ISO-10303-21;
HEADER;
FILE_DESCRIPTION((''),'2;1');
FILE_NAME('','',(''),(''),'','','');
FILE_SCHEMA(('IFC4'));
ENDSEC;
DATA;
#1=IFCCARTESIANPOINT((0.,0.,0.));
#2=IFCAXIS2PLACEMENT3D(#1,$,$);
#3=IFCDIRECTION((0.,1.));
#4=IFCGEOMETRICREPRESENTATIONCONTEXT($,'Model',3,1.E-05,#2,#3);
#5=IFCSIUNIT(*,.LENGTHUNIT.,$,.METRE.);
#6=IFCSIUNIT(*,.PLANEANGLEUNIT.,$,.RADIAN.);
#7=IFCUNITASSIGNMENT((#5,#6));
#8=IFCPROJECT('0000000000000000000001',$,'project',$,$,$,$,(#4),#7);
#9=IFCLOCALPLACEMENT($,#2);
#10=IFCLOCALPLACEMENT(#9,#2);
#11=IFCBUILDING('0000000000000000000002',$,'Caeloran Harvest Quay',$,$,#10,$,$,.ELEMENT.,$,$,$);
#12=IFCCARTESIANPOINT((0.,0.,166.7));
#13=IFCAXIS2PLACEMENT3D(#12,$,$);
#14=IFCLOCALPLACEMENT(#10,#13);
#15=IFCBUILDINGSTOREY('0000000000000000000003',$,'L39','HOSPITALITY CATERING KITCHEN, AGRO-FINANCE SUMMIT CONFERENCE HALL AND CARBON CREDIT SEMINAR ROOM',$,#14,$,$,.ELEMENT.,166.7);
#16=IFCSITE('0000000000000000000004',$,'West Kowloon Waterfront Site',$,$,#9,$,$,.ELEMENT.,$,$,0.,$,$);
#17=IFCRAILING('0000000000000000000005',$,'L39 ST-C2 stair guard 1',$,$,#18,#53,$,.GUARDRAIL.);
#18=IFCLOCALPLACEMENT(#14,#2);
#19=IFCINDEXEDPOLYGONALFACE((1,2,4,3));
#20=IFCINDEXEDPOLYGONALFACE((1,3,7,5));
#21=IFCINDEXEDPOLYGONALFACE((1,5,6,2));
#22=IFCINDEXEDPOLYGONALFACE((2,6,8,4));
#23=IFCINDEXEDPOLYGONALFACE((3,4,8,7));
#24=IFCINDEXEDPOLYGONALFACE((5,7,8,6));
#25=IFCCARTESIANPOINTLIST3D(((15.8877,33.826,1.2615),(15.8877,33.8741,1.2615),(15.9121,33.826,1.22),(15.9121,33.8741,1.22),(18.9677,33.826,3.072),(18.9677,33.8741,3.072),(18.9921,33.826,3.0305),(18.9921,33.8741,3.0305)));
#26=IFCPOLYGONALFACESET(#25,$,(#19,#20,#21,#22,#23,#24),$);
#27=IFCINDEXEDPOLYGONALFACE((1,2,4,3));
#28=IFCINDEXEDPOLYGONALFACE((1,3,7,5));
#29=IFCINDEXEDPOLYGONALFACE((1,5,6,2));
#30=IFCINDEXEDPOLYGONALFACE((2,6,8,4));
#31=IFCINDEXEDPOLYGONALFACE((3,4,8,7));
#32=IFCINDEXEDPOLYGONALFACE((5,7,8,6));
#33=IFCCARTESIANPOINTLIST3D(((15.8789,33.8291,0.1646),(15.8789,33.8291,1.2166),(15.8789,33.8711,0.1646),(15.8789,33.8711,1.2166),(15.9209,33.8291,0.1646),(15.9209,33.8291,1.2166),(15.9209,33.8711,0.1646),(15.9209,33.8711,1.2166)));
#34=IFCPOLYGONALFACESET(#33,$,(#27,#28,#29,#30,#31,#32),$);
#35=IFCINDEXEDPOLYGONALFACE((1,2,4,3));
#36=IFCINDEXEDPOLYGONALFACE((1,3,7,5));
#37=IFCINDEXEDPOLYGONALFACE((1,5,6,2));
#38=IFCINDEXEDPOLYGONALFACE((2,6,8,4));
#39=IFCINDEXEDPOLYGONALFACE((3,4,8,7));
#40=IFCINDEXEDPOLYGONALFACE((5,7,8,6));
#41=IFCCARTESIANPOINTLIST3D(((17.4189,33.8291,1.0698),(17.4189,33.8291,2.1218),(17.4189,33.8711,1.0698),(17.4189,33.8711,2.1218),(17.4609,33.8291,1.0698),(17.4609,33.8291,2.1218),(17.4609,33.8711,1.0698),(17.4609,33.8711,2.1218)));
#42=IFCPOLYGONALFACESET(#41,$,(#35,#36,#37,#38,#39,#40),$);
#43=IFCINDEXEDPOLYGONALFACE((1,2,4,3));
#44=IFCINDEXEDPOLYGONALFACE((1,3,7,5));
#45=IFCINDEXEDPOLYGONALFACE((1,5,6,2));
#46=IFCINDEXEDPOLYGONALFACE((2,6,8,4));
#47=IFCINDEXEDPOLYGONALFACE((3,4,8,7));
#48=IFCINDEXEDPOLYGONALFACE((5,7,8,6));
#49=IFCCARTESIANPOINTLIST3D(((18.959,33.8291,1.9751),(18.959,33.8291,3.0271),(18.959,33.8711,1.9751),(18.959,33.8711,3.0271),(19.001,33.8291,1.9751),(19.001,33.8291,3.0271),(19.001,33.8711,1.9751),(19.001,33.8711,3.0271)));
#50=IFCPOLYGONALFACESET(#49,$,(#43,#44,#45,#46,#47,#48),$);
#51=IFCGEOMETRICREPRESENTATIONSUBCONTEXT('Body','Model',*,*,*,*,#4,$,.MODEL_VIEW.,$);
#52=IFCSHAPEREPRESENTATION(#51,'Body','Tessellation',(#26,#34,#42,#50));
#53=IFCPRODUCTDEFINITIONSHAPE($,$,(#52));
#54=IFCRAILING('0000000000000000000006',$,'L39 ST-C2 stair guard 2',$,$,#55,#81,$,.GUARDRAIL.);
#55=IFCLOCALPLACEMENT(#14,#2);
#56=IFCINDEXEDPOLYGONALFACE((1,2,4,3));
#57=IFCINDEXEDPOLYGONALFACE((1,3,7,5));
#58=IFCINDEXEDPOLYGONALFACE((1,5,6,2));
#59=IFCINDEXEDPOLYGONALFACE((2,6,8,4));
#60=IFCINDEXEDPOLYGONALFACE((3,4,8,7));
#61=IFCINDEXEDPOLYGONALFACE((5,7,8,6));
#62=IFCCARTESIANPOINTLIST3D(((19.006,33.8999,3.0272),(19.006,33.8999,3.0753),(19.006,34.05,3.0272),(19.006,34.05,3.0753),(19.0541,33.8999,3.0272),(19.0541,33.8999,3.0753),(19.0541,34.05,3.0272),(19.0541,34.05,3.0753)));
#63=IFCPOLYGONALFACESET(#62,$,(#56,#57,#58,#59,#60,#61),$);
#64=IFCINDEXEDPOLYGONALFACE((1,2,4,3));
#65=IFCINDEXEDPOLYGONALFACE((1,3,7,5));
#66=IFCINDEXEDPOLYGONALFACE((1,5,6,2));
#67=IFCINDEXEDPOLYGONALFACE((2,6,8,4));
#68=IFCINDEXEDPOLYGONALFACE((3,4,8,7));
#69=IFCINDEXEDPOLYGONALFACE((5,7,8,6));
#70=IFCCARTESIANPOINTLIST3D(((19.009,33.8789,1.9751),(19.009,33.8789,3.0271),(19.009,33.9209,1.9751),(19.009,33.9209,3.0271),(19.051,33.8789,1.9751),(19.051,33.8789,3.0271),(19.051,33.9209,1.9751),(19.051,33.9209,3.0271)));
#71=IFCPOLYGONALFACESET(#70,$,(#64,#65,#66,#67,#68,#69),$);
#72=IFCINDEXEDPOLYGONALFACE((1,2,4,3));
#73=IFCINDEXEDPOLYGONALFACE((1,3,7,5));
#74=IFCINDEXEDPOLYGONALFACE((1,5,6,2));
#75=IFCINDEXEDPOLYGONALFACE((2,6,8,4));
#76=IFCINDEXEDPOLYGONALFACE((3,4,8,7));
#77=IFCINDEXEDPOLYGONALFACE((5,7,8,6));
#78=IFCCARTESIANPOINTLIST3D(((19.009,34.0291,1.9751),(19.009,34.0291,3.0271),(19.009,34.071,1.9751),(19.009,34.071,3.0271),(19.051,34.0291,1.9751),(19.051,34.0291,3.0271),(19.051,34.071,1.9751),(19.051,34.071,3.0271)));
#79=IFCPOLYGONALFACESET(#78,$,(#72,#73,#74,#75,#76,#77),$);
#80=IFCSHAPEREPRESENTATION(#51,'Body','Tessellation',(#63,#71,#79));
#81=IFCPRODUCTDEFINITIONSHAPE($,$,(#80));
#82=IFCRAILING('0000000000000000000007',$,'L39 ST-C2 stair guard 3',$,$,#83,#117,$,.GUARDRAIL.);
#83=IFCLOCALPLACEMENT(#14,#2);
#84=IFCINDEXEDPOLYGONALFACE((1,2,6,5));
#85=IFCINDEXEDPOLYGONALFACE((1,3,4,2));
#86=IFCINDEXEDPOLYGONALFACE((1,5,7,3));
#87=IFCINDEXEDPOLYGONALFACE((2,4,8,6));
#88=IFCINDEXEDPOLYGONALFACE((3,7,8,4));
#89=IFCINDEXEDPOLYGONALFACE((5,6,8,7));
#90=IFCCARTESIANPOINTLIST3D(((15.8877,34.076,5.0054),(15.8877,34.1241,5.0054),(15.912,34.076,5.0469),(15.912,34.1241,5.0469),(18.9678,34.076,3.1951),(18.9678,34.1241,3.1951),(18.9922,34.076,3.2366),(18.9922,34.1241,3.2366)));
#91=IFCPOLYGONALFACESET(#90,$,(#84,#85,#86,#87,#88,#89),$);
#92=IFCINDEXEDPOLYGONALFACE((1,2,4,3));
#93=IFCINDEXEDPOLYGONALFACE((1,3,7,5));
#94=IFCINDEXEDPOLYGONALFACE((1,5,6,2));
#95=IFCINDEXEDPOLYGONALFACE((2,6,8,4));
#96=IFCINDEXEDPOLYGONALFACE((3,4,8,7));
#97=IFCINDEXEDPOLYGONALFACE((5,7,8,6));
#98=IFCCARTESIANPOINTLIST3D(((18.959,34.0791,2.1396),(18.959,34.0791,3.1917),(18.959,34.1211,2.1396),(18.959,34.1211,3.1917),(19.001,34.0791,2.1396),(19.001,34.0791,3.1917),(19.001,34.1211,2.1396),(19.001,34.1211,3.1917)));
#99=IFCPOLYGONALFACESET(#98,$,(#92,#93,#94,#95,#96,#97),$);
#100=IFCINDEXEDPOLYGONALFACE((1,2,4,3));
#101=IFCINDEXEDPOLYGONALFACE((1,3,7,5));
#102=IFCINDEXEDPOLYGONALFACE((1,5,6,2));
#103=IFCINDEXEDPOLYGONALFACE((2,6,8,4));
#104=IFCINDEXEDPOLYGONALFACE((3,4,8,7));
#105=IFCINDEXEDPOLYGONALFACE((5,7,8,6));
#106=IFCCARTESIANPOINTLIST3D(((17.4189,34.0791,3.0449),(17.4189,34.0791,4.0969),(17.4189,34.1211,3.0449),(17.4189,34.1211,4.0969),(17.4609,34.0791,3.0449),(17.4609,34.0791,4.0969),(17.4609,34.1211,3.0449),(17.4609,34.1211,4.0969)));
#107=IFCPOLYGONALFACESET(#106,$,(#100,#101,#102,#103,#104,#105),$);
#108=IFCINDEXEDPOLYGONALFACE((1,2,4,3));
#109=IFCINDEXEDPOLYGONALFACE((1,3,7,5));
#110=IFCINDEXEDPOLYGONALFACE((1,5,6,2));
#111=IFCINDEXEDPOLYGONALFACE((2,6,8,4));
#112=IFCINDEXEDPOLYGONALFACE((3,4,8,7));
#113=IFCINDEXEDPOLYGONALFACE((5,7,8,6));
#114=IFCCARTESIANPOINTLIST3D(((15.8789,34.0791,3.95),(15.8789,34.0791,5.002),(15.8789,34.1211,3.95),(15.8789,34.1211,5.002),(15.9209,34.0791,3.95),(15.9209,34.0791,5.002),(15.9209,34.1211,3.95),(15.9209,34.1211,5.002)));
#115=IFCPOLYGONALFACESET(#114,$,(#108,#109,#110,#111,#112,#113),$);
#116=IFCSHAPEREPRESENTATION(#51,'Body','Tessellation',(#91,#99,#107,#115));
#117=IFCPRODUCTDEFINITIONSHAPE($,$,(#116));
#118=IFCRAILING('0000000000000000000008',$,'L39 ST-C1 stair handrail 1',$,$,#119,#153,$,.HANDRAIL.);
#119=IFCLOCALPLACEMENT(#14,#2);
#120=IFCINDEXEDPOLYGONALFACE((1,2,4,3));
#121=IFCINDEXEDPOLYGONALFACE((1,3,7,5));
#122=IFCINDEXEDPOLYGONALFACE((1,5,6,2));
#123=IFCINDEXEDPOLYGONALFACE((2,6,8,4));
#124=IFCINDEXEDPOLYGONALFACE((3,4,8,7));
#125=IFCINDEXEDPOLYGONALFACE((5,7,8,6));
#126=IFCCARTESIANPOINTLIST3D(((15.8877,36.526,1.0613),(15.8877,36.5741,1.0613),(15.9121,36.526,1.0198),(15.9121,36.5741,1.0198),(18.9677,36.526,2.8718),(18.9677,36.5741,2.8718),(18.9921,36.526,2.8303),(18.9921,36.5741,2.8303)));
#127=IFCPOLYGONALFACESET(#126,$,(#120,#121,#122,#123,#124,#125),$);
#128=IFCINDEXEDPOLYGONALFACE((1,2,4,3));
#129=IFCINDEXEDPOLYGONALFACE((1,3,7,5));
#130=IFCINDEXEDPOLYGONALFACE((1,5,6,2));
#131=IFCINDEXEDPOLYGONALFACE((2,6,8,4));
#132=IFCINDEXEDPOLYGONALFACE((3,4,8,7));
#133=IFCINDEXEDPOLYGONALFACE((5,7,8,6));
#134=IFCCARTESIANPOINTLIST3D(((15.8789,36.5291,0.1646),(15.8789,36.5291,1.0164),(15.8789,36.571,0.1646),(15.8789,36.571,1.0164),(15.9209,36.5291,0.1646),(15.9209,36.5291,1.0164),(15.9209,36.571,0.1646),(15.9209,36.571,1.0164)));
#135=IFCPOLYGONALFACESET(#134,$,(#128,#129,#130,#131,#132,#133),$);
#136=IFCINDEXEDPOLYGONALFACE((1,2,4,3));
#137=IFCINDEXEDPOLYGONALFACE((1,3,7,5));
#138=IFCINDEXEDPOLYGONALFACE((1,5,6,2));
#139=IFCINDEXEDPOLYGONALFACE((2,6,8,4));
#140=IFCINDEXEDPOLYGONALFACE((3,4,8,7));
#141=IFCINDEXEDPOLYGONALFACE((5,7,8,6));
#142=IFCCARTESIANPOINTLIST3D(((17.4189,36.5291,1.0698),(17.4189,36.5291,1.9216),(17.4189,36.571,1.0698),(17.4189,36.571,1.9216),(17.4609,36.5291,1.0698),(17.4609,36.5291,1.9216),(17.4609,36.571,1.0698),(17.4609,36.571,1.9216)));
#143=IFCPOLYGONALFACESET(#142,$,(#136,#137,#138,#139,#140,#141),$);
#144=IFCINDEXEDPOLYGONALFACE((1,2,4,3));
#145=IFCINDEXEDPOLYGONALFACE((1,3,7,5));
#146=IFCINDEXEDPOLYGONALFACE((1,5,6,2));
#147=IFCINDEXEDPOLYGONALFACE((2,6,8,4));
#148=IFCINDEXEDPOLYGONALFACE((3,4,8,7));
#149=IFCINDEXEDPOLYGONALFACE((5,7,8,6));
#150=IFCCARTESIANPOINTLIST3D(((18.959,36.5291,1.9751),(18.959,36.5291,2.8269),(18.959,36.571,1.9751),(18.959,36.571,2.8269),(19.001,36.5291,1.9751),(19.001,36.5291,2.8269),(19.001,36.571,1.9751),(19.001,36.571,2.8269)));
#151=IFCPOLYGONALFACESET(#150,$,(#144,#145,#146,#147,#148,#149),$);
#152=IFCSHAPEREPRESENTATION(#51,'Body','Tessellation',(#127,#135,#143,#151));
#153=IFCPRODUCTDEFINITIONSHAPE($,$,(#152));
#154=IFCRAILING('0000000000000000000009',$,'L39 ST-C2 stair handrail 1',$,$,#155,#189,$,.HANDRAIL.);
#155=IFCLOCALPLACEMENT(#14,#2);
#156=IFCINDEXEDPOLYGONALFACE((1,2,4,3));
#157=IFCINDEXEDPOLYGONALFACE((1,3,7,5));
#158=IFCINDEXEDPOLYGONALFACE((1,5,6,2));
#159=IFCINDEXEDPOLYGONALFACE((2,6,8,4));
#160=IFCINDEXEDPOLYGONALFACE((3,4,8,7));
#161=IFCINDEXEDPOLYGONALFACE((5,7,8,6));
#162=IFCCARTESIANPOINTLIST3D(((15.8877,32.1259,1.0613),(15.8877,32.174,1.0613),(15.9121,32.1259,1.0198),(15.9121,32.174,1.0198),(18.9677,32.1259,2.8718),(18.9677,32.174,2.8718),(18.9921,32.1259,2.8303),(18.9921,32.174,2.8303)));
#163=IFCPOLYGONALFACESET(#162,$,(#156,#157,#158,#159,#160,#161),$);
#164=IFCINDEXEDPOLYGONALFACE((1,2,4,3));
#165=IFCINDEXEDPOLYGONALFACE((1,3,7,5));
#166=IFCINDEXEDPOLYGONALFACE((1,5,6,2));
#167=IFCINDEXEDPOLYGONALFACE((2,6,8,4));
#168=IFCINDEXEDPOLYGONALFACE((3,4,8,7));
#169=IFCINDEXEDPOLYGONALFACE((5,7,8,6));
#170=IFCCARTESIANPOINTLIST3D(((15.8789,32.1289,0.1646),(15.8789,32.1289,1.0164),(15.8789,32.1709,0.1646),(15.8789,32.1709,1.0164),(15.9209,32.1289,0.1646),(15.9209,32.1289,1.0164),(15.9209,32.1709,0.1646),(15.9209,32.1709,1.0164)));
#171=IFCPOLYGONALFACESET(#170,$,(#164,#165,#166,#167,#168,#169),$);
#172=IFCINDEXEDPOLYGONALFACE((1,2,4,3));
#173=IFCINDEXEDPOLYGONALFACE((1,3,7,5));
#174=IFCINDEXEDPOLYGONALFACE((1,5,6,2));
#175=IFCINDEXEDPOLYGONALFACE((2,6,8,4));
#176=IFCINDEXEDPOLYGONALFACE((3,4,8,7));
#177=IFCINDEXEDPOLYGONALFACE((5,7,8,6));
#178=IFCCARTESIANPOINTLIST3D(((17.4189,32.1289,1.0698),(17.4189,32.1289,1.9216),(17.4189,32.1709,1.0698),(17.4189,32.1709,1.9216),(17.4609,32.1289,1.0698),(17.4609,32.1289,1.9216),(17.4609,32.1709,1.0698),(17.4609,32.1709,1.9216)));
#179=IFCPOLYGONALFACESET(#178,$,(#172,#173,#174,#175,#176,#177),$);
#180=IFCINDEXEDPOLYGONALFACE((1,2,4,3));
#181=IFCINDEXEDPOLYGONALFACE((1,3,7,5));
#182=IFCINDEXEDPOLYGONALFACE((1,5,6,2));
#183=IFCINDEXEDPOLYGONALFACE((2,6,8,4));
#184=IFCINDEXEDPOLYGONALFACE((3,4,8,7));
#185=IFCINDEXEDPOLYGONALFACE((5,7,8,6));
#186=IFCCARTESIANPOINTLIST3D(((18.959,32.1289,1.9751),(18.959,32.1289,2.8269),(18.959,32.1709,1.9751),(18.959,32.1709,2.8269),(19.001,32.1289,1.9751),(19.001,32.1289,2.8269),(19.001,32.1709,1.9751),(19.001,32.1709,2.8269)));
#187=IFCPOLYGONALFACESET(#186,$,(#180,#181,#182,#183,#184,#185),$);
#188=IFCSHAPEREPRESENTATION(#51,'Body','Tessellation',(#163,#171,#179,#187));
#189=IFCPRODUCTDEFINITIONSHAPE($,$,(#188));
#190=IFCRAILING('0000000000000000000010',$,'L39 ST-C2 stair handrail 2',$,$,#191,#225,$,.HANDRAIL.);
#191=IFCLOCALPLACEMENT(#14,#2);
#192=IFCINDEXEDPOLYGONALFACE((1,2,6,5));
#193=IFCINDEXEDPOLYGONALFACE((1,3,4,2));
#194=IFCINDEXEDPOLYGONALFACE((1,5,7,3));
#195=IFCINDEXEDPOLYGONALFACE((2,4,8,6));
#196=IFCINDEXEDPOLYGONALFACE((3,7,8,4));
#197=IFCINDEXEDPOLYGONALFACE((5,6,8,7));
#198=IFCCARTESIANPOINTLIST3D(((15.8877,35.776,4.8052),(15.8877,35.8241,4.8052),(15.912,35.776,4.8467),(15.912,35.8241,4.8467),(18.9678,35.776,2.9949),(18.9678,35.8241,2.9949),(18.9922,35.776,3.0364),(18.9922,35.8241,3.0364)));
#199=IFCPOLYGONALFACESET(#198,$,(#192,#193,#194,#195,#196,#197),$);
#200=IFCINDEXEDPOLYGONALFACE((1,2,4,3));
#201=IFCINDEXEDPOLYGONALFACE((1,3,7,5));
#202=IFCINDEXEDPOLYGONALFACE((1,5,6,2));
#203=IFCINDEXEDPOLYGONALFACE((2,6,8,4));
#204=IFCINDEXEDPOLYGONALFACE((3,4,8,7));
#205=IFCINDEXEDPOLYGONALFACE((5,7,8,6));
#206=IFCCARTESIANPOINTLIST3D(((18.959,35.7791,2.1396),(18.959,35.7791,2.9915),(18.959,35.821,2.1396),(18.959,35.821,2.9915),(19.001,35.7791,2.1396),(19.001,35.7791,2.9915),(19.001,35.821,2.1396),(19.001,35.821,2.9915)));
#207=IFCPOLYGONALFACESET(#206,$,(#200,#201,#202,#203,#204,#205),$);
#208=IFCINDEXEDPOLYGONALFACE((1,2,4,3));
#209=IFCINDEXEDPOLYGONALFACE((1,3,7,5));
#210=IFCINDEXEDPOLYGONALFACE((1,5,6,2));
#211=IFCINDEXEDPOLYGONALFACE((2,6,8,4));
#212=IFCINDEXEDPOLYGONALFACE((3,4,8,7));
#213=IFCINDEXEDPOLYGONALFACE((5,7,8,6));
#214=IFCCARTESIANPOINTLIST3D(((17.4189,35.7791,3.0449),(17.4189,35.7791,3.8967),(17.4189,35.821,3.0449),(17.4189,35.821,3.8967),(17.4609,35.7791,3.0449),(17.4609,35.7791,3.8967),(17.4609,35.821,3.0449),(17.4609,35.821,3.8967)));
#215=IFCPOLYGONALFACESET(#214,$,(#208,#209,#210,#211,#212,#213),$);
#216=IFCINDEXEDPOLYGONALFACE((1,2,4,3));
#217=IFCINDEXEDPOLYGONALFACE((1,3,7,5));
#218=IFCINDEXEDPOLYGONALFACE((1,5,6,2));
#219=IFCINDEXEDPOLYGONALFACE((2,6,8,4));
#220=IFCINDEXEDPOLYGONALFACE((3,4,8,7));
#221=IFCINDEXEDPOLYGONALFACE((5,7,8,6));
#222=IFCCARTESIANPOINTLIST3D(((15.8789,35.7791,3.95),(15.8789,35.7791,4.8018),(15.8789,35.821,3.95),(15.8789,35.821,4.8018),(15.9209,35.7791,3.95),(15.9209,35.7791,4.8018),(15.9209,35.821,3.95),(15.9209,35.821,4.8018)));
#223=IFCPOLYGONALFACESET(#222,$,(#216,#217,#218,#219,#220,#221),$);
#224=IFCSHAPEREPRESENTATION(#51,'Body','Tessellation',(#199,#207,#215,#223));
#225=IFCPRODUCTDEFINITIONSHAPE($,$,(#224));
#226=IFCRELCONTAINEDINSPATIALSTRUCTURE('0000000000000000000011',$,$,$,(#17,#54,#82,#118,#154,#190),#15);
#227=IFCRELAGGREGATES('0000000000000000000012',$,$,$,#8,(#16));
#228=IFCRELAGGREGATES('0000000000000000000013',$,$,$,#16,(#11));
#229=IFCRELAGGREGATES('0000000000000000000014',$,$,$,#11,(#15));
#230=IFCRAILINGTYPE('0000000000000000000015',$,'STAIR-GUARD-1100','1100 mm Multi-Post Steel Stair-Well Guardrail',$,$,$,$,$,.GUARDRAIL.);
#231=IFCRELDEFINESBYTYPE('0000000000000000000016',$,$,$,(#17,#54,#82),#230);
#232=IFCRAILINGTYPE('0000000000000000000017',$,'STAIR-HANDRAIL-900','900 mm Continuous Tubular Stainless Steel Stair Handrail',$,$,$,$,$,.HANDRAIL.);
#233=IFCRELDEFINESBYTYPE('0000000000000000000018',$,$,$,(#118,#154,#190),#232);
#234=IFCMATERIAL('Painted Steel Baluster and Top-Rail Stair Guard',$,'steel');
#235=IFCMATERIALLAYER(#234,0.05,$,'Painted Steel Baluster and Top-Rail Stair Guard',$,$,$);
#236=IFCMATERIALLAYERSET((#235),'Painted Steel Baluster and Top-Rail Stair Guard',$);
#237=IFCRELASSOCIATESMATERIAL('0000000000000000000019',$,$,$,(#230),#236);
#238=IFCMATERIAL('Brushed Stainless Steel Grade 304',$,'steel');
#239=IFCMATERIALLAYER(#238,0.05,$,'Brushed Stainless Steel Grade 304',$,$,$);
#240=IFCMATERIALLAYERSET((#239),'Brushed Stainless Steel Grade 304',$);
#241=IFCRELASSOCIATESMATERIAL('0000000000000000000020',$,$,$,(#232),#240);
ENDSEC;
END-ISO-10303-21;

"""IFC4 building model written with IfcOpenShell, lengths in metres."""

from ifc_helpers import new_model, si_unit, direction, frame, origin, origin_2d, place, context, subcontext, project, spatial, rectangle, extrude, material, layer, layer_set, type_object, element, save


model = new_model("IFC4")

# Units and contexts
model_context = context("Model", 3, precision=1e-05, world=origin(), true_north=direction((0.0, 1.0)))
body_context = subcontext(model_context, "Body", "Model", "MODEL_VIEW")
ifc_project = project(units=[si_unit("LENGTHUNIT", "METRE"), si_unit("PLANEANGLEUNIT", "RADIAN")], contexts=[model_context])

# Site, building, storey
site_placement = place(None, origin())
site = spatial("IfcSite", under=ifc_project, at=site_placement, Name="West Kowloon Waterfront Site", CompositionType="ELEMENT", RefElevation=0.0)
building_placement = place(site_placement, origin())
building = spatial("IfcBuilding", under=site, at=building_placement, Name="Caeloran Harvest Quay", CompositionType="ELEMENT")
storey_placement = place(building_placement, frame((0.0, 0.0, 166.7)))
storey = spatial("IfcBuildingStorey", under=building, at=storey_placement, Name="L39", Description="HOSPITALITY CATERING KITCHEN, AGRO-FINANCE SUMMIT CONFERENCE HALL AND CARBON CREDIT SEMINAR ROOM", CompositionType="ELEMENT", Elevation=166.7)

# Railings
ifc_material_1 = material(Name="Painted Steel Baluster and Top-Rail Stair Guard", Category="steel")
ifc_layer_1 = layer(ifc_material_1, 0.05, Name="Painted Steel Baluster and Top-Rail Stair Guard")
ifc_layer_set_1 = layer_set([ifc_layer_1], Name="Painted Steel Baluster and Top-Rail Stair Guard")
railing_type_1 = type_object("IfcRailingType", Name="STAIR-GUARD-1100", Description="1100 mm Multi-Post Steel Stair-Well Guardrail", PredefinedType="GUARDRAIL", material=ifc_layer_set_1)
railing_1_placement = place(storey_placement, frame((15.8999, 33.8501, 0.1646)))
element("IfcRailing", 1, at=railing_1_placement, inside=storey, type_object=railing_type_1, Name="L39 ST-C2 stair guard 1", PredefinedType="GUARDRAIL", context=body_context, shape_type="SweptSolid", body=[
    extrude(rectangle(XDim=0.0481, YDim=0.0481, at=origin_2d()), frame((0.0, 0.0, 1.0762), z_axis=(0.862089, 0.0, 0.506757), x_axis=(0.0, 1.0, 0.0)), (0.0, 0.0, 1.0), 3.5728),
    extrude(rectangle(XDim=0.042, YDim=0.042, at=origin_2d()), origin(), (0.0, 0.0, 1.0), 1.052),
    extrude(rectangle(XDim=0.042, YDim=0.042, at=origin_2d()), frame((1.54, 0.0, 0.9053)), (0.0, 0.0, 1.0), 1.052),
    extrude(rectangle(XDim=0.042, YDim=0.042, at=origin_2d()), frame((3.0801, 0.0, 1.8105)), (0.0, 0.0, 1.0), 1.052),
])
railing_2_placement = place(storey_placement, frame((19.03, 33.8999, 1.9751)))
element("IfcRailing", 2, at=railing_2_placement, inside=storey, type_object=railing_type_1, Name="L39 ST-C2 stair guard 2", PredefinedType="GUARDRAIL", context=body_context, shape_type="SweptSolid", body=[
    extrude(rectangle(XDim=0.0481, YDim=0.0481, at=origin_2d()), frame((0.0, 0.0, 1.0762), z_axis=(0.0, 1.0, 0.0), x_axis=(-1.0, 0.0, 0.0)), (0.0, 0.0, 1.0), 0.1501),
    extrude(rectangle(XDim=0.042, YDim=0.042, at=origin_2d()), origin(), (0.0, 0.0, 1.0), 1.052),
    extrude(rectangle(XDim=0.042, YDim=0.042, at=origin_2d()), frame((0.0, 0.1501, 0.0)), (0.0, 0.0, 1.0), 1.052),
])
railing_3_placement = place(storey_placement, frame((18.98, 34.1001, 2.1396)))
element("IfcRailing", 3, at=railing_3_placement, inside=storey, type_object=railing_type_1, Name="L39 ST-C2 stair guard 3", PredefinedType="GUARDRAIL", context=body_context, shape_type="SweptSolid", body=[
    extrude(rectangle(XDim=0.0481, YDim=0.0481, at=origin_2d()), frame((0.0, 0.0, 1.0762), z_axis=(-0.862119, 0.0, 0.506707), x_axis=(0.0, -1.0, 0.0)), (0.0, 0.0, 1.0), 3.5728),
    extrude(rectangle(XDim=0.042, YDim=0.042, at=origin_2d()), origin(), (0.0, 0.0, 1.0), 1.052),
    extrude(rectangle(XDim=0.042, YDim=0.042, at=origin_2d()), frame((-1.54, 0.0, 0.9053)), (0.0, 0.0, 1.0), 1.052),
    extrude(rectangle(XDim=0.042, YDim=0.042, at=origin_2d()), frame((-3.0801, 0.0, 1.8103)), (0.0, 0.0, 1.0), 1.052),
])
ifc_material_2 = material(Name="Brushed Stainless Steel Grade 304", Category="steel")
ifc_layer_2 = layer(ifc_material_2, 0.05, Name="Brushed Stainless Steel Grade 304")
ifc_layer_set_2 = layer_set([ifc_layer_2], Name="Brushed Stainless Steel Grade 304")
railing_type_2 = type_object("IfcRailingType", Name="STAIR-HANDRAIL-900", Description="900 mm Continuous Tubular Stainless Steel Stair Handrail", PredefinedType="HANDRAIL", material=ifc_layer_set_2)
for number, where, name in (
    (4, (15.8999, 36.55, 0.1646), "L39 ST-C1 stair handrail 1"),
    (5, (15.8999, 32.1499, 0.1646), "L39 ST-C2 stair handrail 1"),
):
    element("IfcRailing", number, at=place(storey_placement, frame(where)), inside=storey, type_object=railing_type_2, Name=name, PredefinedType="HANDRAIL", context=body_context, shape_type="SweptSolid", body=[
        extrude(rectangle(XDim=0.0481, YDim=0.0481, at=origin_2d()), frame((0.0, 0.0, 0.876), z_axis=(0.862089, 0.0, 0.506757), x_axis=(0.0, 1.0, 0.0)), (0.0, 0.0, 1.0), 3.5728),
        extrude(rectangle(XDim=0.042, YDim=0.042, at=origin_2d()), origin(), (0.0, 0.0, 1.0), 0.8518),
        extrude(rectangle(XDim=0.042, YDim=0.042, at=origin_2d()), frame((1.54, 0.0, 0.9053)), (0.0, 0.0, 1.0), 0.8518),
        extrude(rectangle(XDim=0.042, YDim=0.042, at=origin_2d()), frame((3.0801, 0.0, 1.8105)), (0.0, 0.0, 1.0), 0.8518),
    ])
railing_4_placement = place(storey_placement, frame((18.98, 35.8, 2.1396)))
element("IfcRailing", 6, at=railing_4_placement, inside=storey, type_object=railing_type_2, Name="L39 ST-C2 stair handrail 2", PredefinedType="HANDRAIL", context=body_context, shape_type="SweptSolid", body=[
    extrude(rectangle(XDim=0.0481, YDim=0.0481, at=origin_2d()), frame((0.0, 0.0, 0.876), z_axis=(-0.862119, 0.0, 0.506707), x_axis=(0.0, -1.0, 0.0)), (0.0, 0.0, 1.0), 3.5728),
    extrude(rectangle(XDim=0.042, YDim=0.042, at=origin_2d()), origin(), (0.0, 0.0, 1.0), 0.8518),
    extrude(rectangle(XDim=0.042, YDim=0.042, at=origin_2d()), frame((-1.54, 0.0, 0.9053)), (0.0, 0.0, 1.0), 0.8518),
    extrude(rectangle(XDim=0.042, YDim=0.042, at=origin_2d()), frame((-3.0801, 0.0, 1.8103)), (0.0, 0.0, 1.0), 0.8518),
])

save(model, "model.ifc")
